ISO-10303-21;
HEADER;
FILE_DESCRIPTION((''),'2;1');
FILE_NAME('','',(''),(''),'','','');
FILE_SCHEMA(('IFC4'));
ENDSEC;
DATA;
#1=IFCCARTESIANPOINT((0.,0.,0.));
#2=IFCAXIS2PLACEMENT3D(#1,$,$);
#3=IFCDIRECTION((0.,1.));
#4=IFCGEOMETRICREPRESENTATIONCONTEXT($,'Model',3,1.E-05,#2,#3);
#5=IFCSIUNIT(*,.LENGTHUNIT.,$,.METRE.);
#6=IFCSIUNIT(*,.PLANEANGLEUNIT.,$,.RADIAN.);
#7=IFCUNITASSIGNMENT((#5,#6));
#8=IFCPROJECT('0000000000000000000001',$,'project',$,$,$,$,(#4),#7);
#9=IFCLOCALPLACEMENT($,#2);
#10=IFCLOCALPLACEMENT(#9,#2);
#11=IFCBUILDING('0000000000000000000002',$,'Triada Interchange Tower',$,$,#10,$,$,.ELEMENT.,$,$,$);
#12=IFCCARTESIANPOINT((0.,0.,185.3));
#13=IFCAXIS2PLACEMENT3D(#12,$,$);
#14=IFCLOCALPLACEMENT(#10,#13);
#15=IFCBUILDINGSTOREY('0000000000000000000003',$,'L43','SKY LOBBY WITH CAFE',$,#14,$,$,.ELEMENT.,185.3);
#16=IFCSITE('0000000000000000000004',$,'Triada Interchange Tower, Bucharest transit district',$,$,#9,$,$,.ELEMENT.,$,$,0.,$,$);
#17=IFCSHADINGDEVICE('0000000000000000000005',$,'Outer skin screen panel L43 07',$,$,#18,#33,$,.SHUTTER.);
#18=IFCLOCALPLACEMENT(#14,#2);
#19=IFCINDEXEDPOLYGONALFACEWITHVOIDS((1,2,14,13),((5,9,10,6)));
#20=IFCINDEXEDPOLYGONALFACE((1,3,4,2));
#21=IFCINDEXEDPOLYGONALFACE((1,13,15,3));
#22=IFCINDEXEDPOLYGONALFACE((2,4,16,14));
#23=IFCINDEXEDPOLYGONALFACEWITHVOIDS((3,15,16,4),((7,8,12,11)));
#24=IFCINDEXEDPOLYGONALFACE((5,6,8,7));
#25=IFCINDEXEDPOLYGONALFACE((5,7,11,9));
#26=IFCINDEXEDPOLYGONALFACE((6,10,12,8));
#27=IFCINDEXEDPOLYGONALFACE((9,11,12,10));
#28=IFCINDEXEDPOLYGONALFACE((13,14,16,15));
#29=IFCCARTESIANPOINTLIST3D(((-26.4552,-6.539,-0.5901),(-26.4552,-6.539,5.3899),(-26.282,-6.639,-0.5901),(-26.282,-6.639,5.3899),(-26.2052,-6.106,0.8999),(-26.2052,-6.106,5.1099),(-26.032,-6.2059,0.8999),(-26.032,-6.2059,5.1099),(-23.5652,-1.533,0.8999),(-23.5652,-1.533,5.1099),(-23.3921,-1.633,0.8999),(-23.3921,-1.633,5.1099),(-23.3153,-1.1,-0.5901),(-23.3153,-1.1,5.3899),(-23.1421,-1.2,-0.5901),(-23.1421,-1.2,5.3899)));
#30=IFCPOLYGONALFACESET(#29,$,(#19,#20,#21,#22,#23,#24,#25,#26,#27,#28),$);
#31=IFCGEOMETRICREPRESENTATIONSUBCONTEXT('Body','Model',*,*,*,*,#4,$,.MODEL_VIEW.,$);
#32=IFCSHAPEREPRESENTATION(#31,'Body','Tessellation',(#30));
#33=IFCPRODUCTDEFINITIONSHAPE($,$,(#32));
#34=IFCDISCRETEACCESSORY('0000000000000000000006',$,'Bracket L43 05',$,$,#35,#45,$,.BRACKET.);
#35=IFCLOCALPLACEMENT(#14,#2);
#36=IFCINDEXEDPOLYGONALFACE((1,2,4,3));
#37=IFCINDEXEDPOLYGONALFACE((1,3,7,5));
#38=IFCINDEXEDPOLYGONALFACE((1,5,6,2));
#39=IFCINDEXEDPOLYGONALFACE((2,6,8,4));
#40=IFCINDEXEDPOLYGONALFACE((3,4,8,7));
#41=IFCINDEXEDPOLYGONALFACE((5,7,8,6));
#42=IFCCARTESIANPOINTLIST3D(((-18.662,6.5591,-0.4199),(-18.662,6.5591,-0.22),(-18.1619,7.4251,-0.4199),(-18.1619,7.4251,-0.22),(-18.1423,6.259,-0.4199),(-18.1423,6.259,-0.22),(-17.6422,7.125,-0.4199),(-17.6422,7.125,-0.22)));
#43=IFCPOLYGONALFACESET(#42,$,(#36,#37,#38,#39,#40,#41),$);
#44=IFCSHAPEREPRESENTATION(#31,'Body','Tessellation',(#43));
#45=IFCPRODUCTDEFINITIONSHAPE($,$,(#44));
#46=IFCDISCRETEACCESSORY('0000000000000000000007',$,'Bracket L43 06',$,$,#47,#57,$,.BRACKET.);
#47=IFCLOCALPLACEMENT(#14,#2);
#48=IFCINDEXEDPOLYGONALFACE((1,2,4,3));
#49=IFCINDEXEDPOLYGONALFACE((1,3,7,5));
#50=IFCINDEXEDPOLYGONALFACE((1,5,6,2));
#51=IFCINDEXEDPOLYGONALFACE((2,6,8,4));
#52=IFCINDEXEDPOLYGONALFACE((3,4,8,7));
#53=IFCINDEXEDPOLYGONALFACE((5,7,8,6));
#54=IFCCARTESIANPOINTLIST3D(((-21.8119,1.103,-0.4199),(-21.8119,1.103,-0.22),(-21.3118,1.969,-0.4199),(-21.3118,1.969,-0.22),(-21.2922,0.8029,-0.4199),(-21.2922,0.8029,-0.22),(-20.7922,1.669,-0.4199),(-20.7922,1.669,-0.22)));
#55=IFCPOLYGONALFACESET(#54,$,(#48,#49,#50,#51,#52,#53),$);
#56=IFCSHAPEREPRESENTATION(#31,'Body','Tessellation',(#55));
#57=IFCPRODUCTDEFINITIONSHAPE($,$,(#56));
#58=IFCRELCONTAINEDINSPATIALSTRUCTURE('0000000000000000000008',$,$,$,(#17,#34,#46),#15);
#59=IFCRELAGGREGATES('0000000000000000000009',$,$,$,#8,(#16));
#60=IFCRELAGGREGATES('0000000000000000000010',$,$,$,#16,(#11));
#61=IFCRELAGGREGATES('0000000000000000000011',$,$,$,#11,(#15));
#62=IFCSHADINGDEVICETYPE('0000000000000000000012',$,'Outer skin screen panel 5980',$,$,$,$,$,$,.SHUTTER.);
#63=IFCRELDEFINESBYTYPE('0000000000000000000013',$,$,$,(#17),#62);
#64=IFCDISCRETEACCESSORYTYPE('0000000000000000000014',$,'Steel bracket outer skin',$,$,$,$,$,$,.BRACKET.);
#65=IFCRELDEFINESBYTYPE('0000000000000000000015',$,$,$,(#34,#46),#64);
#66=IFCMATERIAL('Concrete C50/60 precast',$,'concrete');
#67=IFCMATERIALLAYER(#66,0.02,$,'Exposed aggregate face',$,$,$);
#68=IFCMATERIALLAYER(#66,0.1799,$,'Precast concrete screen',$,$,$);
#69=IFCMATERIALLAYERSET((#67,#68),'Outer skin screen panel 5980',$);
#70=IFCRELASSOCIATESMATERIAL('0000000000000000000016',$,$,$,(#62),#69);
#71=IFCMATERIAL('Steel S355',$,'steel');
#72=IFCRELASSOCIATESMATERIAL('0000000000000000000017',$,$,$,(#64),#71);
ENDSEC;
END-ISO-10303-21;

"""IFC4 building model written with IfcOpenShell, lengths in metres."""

from ifc_helpers import new_model, si_unit, direction, frame, origin, origin_2d, place, context, subcontext, project, spatial, polyline, rectangle, outline, extrude, material, layer, layer_set, type_object, element, save


model = new_model("IFC4")

# Units and contexts
model_context = context("Model", 3, precision=1e-05, world=origin(), true_north=direction((0.0, 1.0)))
body_context = subcontext(model_context, "Body", "Model", "MODEL_VIEW")
ifc_project = project(units=[si_unit("LENGTHUNIT", "METRE"), si_unit("PLANEANGLEUNIT", "RADIAN")], contexts=[model_context])

# Site, building, storey
site_placement = place(None, origin())
site = spatial("IfcSite", under=ifc_project, at=site_placement, Name="Triada Interchange Tower, Bucharest transit district", CompositionType="ELEMENT", RefElevation=0.0)
building_placement = place(site_placement, origin())
building = spatial("IfcBuilding", under=site, at=building_placement, Name="Triada Interchange Tower", CompositionType="ELEMENT")
storey_placement = place(building_placement, frame((0.0, 0.0, 185.3)))
storey = spatial("IfcBuildingStorey", under=building, at=storey_placement, Name="L43", Description="SKY LOBBY WITH CAFE", CompositionType="ELEMENT", Elevation=185.3)

# Shading device
ifc_material_1 = material(Name="Concrete C50/60 precast", Category="concrete")
ifc_layer_1 = layer(ifc_material_1, 0.02, Name="Exposed aggregate face")
ifc_layer_2 = layer(ifc_material_1, 0.1799, Name="Precast concrete screen")
ifc_layer_set_1 = layer_set([ifc_layer_1, ifc_layer_2], Name="Outer skin screen panel 5980")
shading_device_type = type_object("IfcShadingDeviceType", Name="Outer skin screen panel 5980", PredefinedType="SHUTTER", material=ifc_layer_set_1)
shading_device_1_placement = place(storey_placement, frame((-23.1421, -1.2, -0.5901), z_axis=(0.0, 0.0, 1.0), x_axis=(-0.499965, -0.866046, 0.0)))
element("IfcShadingDevice", 1, at=shading_device_1_placement, inside=storey, type_object=shading_device_type, Name="Outer skin screen panel L43 07", PredefinedType="SHUTTER", context=body_context, shape_type="SweptSolid", body=[
    extrude(outline(polyline([(0.0, 0.0), (6.2803, 0.0), (6.2803, 5.98), (0.0, 5.98), (0.0, 0.0)]), holes=[polyline([(0.5, 1.49), (0.5, 5.7), (5.7803, 5.7), (5.7803, 1.49), (0.5, 1.49)])]), frame((0.0, 0.0, 0.0), z_axis=(0.0, -1.0, 0.0), x_axis=(1.0, 0.0, 0.0)), (0.0, 0.0, 1.0), 0.2),
])

# Discrete accessories
ifc_material_2 = material(Name="Steel S355", Category="steel")
discrete_accessory_type = type_object("IfcDiscreteAccessoryType", Name="Steel bracket outer skin", PredefinedType="BRACKET", material=ifc_material_2)
for number, where, z_axis, x_axis, name in (
    (2, (-18.1521, 6.842, -0.4199), (0.0, 0.0, 1.0), (-0.866022, 0.500006, 0.0), "Bracket L43 05"),
    (3, (-21.302, 1.386, -0.4199), (0.0, 0.0, 1.0), (-0.866022, 0.500006, 0.0), "Bracket L43 06"),
):
    element("IfcDiscreteAccessory", number, at=place(storey_placement, frame(where, z_axis=z_axis, x_axis=x_axis)), inside=storey, type_object=discrete_accessory_type, Name=name, PredefinedType="BRACKET", context=body_context, shape_type="SweptSolid", body=[
        extrude(rectangle(XDim=0.6001, YDim=1.0, at=origin_2d()), origin(), (0.0, 0.0, 1.0), 0.2),
    ])

save(model, "model.ifc")
